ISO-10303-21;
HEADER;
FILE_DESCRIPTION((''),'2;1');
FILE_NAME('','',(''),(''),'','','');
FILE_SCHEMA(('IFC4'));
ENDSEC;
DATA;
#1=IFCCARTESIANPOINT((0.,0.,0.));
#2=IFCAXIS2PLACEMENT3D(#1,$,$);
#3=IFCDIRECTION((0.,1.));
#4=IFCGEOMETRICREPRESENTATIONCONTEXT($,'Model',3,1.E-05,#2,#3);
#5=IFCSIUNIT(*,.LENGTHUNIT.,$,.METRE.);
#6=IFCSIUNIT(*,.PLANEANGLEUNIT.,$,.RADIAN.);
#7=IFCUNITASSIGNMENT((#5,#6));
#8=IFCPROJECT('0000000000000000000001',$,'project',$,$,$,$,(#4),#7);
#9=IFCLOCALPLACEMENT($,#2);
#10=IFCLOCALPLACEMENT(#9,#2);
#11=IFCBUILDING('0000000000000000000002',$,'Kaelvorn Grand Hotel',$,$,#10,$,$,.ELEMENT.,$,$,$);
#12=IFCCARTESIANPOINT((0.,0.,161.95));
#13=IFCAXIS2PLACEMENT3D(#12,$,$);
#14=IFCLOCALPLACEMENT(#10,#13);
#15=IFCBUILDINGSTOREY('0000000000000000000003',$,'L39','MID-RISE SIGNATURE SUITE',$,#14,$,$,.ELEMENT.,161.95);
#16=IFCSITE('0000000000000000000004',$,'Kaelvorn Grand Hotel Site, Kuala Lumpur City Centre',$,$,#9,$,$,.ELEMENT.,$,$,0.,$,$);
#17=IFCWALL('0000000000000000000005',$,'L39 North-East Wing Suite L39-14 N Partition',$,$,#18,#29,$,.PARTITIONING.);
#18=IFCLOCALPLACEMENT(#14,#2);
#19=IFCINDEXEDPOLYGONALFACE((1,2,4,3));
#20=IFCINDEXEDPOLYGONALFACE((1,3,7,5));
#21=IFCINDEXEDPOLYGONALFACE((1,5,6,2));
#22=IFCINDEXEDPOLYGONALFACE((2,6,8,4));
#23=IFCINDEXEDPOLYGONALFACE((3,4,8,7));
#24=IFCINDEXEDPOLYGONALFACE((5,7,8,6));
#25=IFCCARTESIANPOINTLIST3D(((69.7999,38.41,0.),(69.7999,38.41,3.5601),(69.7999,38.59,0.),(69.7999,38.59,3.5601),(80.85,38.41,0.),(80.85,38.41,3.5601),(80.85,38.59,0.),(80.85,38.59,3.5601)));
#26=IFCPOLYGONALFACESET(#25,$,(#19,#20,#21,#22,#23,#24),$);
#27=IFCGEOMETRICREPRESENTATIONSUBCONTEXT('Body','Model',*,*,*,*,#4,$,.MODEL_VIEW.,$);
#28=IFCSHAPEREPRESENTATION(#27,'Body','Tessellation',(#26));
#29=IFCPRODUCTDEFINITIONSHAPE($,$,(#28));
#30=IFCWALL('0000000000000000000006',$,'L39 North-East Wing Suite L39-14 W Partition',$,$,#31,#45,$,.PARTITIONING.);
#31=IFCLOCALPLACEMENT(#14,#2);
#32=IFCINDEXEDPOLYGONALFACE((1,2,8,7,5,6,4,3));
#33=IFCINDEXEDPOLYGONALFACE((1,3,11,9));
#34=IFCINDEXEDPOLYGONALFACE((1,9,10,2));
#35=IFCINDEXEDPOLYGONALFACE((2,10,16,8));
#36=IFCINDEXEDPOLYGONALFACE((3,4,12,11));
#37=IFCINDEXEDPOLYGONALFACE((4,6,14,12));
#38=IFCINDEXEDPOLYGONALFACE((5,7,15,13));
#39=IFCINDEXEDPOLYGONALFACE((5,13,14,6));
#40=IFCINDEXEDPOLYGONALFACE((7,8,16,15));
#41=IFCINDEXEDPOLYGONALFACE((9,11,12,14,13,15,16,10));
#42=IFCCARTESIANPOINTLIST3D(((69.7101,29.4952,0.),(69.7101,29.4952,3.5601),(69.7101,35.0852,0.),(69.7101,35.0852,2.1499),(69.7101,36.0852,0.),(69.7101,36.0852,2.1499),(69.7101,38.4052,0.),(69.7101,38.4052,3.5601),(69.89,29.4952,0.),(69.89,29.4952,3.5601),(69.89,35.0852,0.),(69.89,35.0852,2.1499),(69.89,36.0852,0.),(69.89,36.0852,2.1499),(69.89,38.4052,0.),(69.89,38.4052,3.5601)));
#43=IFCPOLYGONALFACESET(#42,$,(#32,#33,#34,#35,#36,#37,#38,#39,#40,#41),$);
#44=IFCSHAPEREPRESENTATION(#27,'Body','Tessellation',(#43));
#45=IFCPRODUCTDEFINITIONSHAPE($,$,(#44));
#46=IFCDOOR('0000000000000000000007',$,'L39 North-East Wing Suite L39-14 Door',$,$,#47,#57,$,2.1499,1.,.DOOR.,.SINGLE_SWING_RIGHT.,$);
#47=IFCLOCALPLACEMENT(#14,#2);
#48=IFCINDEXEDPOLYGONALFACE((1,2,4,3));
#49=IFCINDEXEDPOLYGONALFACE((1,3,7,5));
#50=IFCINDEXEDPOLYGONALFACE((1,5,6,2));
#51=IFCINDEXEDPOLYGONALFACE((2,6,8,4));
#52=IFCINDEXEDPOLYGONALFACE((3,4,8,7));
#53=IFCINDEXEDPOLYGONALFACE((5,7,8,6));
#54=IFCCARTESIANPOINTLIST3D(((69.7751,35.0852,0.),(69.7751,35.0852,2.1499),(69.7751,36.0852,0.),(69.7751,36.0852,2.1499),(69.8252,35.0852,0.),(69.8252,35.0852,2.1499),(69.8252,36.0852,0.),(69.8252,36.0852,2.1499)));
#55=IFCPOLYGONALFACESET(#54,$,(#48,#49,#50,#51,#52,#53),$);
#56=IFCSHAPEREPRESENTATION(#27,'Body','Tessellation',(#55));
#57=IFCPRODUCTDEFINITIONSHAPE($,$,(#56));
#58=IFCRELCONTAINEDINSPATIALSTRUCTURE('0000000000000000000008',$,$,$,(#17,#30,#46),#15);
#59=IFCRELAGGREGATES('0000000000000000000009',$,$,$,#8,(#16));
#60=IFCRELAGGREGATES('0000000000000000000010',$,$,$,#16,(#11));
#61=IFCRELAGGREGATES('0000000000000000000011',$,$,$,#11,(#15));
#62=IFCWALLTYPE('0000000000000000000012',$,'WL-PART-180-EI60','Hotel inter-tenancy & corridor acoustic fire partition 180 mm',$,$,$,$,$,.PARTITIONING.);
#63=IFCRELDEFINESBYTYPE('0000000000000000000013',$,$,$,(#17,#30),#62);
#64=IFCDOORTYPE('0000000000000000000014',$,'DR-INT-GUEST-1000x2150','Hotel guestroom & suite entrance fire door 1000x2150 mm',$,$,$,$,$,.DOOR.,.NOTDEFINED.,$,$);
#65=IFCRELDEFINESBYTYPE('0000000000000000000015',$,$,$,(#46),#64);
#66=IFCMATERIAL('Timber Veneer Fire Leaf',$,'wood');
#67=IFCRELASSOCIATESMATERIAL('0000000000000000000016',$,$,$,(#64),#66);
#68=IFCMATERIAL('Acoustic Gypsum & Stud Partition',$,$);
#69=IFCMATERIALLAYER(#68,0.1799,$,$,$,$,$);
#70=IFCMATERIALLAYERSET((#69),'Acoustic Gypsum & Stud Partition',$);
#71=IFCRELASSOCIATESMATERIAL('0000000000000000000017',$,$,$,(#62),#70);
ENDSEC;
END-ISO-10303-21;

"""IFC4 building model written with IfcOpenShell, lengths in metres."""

from ifc_helpers import new_model, si_unit, direction, frame, frame_2d, origin, place, context, subcontext, project, spatial, rectangle, extrude, material, layer, layer_set, type_object, element, fill, save


model = new_model("IFC4")

# Units and contexts
model_context = context("Model", 3, precision=1e-05, world=origin(), true_north=direction((0.0, 1.0)))
body_context = subcontext(model_context, "Body", "Model", "MODEL_VIEW")
ifc_project = project(units=[si_unit("LENGTHUNIT", "METRE"), si_unit("PLANEANGLEUNIT", "RADIAN")], contexts=[model_context])

# Site, building, storey
site_placement = place(None, origin())
site = spatial("IfcSite", under=ifc_project, at=site_placement, Name="Kaelvorn Grand Hotel Site, Kuala Lumpur City Centre", CompositionType="ELEMENT", RefElevation=0.0)
building_placement = place(site_placement, origin())
building = spatial("IfcBuilding", under=site, at=building_placement, Name="Kaelvorn Grand Hotel", CompositionType="ELEMENT")
storey_placement = place(building_placement, frame((0.0, 0.0, 161.95)))
storey = spatial("IfcBuildingStorey", under=building, at=storey_placement, Name="L39", Description="MID-RISE SIGNATURE SUITE", CompositionType="ELEMENT", Elevation=161.95)

# Shared definitions
ifc_material_1 = material(Name="Acoustic Gypsum & Stud Partition")
ifc_material_2 = material(Name="Timber Veneer Fire Leaf", Category="wood")
door_type_1 = type_object("IfcDoorType", Name="DR-INT-GUEST-1000x2150", Description="Hotel guestroom & suite entrance fire door 1000x2150 mm", OperationType="NOTDEFINED", PredefinedType="DOOR", material=ifc_material_2)

# Wall
ifc_layer_1 = layer(ifc_material_1, 0.1799)
ifc_layer_set_1 = layer_set([ifc_layer_1], Name="Acoustic Gypsum & Stud Partition")
wall_type_1 = type_object("IfcWallType", Name="WL-PART-180-EI60", Description="Hotel inter-tenancy & corridor acoustic fire partition 180 mm", PredefinedType="PARTITIONING", material=ifc_layer_set_1)
wall_1_placement = place(storey_placement, frame((69.8, 38.5, 0.0), z_axis=(0.0, 0.0, 1.0), x_axis=(1.0, 0.0, 0.0)))
element("IfcWall", 1, at=wall_1_placement, inside=storey, type_object=wall_type_1, Name="L39 North-East Wing Suite L39-14 N Partition", PredefinedType="PARTITIONING", context=body_context, shape_type="SweptSolid", body=[
    extrude(rectangle(XDim=11.05, YDim=0.1799, at=frame_2d((5.5249, 0.0))), origin(), (0.0, 0.0, 1.0), 3.5601),
])

# Wall, opening, door
wall_2_placement = place(storey_placement, frame((69.8, 29.4951, 0.0), z_axis=(0.0, 0.0, 1.0), x_axis=(0.0, 1.0, 0.0)))
wall_2 = element("IfcWall", 2, at=wall_2_placement, inside=storey, type_object=wall_type_1, Name="L39 North-East Wing Suite L39-14 W Partition", PredefinedType="PARTITIONING", context=body_context, shape_type="SweptSolid", body=[
    extrude(rectangle(XDim=8.9099, YDim=0.1799, at=frame_2d((4.4551, 0.0))), origin(), (0.0, 0.0, 1.0), 3.5601),
])
opening_1_placement = place(wall_2_placement, frame((5.5901, 0.0, 0.0)))
opening_1 = element("IfcOpeningElement", 3, at=opening_1_placement, cuts=wall_2, PredefinedType="OPENING", context=body_context, shape_type="SweptSolid", body=[
    extrude(rectangle(XDim=1.0, YDim=2.1499, at=frame_2d((0.5, 1.075))), frame((0.0, 0.1001, 0.0), z_axis=(0.0, -1.0, 0.0), x_axis=(1.0, 0.0, 0.0)), (0.0, 0.0, 1.0), 0.2),
])
door_1_placement = place(opening_1_placement, origin())
door_1 = element("IfcDoor", 4, at=door_1_placement, inside=storey, type_object=door_type_1, Name="L39 North-East Wing Suite L39-14 Door", OperationType="SINGLE_SWING_RIGHT", OverallHeight=2.1499, OverallWidth=1.0, PredefinedType="DOOR", context=body_context, shape_type="SweptSolid", body=[
    extrude(rectangle(XDim=1.0, YDim=2.1499, at=frame_2d((0.5, 1.075))), frame((0.0, 0.0249, 0.0), z_axis=(0.0, -1.0, 0.0), x_axis=(1.0, 0.0, 0.0)), (0.0, 0.0, 1.0), 0.05),
])
fill(opening_1, door_1)

save(model, "model.ifc")
